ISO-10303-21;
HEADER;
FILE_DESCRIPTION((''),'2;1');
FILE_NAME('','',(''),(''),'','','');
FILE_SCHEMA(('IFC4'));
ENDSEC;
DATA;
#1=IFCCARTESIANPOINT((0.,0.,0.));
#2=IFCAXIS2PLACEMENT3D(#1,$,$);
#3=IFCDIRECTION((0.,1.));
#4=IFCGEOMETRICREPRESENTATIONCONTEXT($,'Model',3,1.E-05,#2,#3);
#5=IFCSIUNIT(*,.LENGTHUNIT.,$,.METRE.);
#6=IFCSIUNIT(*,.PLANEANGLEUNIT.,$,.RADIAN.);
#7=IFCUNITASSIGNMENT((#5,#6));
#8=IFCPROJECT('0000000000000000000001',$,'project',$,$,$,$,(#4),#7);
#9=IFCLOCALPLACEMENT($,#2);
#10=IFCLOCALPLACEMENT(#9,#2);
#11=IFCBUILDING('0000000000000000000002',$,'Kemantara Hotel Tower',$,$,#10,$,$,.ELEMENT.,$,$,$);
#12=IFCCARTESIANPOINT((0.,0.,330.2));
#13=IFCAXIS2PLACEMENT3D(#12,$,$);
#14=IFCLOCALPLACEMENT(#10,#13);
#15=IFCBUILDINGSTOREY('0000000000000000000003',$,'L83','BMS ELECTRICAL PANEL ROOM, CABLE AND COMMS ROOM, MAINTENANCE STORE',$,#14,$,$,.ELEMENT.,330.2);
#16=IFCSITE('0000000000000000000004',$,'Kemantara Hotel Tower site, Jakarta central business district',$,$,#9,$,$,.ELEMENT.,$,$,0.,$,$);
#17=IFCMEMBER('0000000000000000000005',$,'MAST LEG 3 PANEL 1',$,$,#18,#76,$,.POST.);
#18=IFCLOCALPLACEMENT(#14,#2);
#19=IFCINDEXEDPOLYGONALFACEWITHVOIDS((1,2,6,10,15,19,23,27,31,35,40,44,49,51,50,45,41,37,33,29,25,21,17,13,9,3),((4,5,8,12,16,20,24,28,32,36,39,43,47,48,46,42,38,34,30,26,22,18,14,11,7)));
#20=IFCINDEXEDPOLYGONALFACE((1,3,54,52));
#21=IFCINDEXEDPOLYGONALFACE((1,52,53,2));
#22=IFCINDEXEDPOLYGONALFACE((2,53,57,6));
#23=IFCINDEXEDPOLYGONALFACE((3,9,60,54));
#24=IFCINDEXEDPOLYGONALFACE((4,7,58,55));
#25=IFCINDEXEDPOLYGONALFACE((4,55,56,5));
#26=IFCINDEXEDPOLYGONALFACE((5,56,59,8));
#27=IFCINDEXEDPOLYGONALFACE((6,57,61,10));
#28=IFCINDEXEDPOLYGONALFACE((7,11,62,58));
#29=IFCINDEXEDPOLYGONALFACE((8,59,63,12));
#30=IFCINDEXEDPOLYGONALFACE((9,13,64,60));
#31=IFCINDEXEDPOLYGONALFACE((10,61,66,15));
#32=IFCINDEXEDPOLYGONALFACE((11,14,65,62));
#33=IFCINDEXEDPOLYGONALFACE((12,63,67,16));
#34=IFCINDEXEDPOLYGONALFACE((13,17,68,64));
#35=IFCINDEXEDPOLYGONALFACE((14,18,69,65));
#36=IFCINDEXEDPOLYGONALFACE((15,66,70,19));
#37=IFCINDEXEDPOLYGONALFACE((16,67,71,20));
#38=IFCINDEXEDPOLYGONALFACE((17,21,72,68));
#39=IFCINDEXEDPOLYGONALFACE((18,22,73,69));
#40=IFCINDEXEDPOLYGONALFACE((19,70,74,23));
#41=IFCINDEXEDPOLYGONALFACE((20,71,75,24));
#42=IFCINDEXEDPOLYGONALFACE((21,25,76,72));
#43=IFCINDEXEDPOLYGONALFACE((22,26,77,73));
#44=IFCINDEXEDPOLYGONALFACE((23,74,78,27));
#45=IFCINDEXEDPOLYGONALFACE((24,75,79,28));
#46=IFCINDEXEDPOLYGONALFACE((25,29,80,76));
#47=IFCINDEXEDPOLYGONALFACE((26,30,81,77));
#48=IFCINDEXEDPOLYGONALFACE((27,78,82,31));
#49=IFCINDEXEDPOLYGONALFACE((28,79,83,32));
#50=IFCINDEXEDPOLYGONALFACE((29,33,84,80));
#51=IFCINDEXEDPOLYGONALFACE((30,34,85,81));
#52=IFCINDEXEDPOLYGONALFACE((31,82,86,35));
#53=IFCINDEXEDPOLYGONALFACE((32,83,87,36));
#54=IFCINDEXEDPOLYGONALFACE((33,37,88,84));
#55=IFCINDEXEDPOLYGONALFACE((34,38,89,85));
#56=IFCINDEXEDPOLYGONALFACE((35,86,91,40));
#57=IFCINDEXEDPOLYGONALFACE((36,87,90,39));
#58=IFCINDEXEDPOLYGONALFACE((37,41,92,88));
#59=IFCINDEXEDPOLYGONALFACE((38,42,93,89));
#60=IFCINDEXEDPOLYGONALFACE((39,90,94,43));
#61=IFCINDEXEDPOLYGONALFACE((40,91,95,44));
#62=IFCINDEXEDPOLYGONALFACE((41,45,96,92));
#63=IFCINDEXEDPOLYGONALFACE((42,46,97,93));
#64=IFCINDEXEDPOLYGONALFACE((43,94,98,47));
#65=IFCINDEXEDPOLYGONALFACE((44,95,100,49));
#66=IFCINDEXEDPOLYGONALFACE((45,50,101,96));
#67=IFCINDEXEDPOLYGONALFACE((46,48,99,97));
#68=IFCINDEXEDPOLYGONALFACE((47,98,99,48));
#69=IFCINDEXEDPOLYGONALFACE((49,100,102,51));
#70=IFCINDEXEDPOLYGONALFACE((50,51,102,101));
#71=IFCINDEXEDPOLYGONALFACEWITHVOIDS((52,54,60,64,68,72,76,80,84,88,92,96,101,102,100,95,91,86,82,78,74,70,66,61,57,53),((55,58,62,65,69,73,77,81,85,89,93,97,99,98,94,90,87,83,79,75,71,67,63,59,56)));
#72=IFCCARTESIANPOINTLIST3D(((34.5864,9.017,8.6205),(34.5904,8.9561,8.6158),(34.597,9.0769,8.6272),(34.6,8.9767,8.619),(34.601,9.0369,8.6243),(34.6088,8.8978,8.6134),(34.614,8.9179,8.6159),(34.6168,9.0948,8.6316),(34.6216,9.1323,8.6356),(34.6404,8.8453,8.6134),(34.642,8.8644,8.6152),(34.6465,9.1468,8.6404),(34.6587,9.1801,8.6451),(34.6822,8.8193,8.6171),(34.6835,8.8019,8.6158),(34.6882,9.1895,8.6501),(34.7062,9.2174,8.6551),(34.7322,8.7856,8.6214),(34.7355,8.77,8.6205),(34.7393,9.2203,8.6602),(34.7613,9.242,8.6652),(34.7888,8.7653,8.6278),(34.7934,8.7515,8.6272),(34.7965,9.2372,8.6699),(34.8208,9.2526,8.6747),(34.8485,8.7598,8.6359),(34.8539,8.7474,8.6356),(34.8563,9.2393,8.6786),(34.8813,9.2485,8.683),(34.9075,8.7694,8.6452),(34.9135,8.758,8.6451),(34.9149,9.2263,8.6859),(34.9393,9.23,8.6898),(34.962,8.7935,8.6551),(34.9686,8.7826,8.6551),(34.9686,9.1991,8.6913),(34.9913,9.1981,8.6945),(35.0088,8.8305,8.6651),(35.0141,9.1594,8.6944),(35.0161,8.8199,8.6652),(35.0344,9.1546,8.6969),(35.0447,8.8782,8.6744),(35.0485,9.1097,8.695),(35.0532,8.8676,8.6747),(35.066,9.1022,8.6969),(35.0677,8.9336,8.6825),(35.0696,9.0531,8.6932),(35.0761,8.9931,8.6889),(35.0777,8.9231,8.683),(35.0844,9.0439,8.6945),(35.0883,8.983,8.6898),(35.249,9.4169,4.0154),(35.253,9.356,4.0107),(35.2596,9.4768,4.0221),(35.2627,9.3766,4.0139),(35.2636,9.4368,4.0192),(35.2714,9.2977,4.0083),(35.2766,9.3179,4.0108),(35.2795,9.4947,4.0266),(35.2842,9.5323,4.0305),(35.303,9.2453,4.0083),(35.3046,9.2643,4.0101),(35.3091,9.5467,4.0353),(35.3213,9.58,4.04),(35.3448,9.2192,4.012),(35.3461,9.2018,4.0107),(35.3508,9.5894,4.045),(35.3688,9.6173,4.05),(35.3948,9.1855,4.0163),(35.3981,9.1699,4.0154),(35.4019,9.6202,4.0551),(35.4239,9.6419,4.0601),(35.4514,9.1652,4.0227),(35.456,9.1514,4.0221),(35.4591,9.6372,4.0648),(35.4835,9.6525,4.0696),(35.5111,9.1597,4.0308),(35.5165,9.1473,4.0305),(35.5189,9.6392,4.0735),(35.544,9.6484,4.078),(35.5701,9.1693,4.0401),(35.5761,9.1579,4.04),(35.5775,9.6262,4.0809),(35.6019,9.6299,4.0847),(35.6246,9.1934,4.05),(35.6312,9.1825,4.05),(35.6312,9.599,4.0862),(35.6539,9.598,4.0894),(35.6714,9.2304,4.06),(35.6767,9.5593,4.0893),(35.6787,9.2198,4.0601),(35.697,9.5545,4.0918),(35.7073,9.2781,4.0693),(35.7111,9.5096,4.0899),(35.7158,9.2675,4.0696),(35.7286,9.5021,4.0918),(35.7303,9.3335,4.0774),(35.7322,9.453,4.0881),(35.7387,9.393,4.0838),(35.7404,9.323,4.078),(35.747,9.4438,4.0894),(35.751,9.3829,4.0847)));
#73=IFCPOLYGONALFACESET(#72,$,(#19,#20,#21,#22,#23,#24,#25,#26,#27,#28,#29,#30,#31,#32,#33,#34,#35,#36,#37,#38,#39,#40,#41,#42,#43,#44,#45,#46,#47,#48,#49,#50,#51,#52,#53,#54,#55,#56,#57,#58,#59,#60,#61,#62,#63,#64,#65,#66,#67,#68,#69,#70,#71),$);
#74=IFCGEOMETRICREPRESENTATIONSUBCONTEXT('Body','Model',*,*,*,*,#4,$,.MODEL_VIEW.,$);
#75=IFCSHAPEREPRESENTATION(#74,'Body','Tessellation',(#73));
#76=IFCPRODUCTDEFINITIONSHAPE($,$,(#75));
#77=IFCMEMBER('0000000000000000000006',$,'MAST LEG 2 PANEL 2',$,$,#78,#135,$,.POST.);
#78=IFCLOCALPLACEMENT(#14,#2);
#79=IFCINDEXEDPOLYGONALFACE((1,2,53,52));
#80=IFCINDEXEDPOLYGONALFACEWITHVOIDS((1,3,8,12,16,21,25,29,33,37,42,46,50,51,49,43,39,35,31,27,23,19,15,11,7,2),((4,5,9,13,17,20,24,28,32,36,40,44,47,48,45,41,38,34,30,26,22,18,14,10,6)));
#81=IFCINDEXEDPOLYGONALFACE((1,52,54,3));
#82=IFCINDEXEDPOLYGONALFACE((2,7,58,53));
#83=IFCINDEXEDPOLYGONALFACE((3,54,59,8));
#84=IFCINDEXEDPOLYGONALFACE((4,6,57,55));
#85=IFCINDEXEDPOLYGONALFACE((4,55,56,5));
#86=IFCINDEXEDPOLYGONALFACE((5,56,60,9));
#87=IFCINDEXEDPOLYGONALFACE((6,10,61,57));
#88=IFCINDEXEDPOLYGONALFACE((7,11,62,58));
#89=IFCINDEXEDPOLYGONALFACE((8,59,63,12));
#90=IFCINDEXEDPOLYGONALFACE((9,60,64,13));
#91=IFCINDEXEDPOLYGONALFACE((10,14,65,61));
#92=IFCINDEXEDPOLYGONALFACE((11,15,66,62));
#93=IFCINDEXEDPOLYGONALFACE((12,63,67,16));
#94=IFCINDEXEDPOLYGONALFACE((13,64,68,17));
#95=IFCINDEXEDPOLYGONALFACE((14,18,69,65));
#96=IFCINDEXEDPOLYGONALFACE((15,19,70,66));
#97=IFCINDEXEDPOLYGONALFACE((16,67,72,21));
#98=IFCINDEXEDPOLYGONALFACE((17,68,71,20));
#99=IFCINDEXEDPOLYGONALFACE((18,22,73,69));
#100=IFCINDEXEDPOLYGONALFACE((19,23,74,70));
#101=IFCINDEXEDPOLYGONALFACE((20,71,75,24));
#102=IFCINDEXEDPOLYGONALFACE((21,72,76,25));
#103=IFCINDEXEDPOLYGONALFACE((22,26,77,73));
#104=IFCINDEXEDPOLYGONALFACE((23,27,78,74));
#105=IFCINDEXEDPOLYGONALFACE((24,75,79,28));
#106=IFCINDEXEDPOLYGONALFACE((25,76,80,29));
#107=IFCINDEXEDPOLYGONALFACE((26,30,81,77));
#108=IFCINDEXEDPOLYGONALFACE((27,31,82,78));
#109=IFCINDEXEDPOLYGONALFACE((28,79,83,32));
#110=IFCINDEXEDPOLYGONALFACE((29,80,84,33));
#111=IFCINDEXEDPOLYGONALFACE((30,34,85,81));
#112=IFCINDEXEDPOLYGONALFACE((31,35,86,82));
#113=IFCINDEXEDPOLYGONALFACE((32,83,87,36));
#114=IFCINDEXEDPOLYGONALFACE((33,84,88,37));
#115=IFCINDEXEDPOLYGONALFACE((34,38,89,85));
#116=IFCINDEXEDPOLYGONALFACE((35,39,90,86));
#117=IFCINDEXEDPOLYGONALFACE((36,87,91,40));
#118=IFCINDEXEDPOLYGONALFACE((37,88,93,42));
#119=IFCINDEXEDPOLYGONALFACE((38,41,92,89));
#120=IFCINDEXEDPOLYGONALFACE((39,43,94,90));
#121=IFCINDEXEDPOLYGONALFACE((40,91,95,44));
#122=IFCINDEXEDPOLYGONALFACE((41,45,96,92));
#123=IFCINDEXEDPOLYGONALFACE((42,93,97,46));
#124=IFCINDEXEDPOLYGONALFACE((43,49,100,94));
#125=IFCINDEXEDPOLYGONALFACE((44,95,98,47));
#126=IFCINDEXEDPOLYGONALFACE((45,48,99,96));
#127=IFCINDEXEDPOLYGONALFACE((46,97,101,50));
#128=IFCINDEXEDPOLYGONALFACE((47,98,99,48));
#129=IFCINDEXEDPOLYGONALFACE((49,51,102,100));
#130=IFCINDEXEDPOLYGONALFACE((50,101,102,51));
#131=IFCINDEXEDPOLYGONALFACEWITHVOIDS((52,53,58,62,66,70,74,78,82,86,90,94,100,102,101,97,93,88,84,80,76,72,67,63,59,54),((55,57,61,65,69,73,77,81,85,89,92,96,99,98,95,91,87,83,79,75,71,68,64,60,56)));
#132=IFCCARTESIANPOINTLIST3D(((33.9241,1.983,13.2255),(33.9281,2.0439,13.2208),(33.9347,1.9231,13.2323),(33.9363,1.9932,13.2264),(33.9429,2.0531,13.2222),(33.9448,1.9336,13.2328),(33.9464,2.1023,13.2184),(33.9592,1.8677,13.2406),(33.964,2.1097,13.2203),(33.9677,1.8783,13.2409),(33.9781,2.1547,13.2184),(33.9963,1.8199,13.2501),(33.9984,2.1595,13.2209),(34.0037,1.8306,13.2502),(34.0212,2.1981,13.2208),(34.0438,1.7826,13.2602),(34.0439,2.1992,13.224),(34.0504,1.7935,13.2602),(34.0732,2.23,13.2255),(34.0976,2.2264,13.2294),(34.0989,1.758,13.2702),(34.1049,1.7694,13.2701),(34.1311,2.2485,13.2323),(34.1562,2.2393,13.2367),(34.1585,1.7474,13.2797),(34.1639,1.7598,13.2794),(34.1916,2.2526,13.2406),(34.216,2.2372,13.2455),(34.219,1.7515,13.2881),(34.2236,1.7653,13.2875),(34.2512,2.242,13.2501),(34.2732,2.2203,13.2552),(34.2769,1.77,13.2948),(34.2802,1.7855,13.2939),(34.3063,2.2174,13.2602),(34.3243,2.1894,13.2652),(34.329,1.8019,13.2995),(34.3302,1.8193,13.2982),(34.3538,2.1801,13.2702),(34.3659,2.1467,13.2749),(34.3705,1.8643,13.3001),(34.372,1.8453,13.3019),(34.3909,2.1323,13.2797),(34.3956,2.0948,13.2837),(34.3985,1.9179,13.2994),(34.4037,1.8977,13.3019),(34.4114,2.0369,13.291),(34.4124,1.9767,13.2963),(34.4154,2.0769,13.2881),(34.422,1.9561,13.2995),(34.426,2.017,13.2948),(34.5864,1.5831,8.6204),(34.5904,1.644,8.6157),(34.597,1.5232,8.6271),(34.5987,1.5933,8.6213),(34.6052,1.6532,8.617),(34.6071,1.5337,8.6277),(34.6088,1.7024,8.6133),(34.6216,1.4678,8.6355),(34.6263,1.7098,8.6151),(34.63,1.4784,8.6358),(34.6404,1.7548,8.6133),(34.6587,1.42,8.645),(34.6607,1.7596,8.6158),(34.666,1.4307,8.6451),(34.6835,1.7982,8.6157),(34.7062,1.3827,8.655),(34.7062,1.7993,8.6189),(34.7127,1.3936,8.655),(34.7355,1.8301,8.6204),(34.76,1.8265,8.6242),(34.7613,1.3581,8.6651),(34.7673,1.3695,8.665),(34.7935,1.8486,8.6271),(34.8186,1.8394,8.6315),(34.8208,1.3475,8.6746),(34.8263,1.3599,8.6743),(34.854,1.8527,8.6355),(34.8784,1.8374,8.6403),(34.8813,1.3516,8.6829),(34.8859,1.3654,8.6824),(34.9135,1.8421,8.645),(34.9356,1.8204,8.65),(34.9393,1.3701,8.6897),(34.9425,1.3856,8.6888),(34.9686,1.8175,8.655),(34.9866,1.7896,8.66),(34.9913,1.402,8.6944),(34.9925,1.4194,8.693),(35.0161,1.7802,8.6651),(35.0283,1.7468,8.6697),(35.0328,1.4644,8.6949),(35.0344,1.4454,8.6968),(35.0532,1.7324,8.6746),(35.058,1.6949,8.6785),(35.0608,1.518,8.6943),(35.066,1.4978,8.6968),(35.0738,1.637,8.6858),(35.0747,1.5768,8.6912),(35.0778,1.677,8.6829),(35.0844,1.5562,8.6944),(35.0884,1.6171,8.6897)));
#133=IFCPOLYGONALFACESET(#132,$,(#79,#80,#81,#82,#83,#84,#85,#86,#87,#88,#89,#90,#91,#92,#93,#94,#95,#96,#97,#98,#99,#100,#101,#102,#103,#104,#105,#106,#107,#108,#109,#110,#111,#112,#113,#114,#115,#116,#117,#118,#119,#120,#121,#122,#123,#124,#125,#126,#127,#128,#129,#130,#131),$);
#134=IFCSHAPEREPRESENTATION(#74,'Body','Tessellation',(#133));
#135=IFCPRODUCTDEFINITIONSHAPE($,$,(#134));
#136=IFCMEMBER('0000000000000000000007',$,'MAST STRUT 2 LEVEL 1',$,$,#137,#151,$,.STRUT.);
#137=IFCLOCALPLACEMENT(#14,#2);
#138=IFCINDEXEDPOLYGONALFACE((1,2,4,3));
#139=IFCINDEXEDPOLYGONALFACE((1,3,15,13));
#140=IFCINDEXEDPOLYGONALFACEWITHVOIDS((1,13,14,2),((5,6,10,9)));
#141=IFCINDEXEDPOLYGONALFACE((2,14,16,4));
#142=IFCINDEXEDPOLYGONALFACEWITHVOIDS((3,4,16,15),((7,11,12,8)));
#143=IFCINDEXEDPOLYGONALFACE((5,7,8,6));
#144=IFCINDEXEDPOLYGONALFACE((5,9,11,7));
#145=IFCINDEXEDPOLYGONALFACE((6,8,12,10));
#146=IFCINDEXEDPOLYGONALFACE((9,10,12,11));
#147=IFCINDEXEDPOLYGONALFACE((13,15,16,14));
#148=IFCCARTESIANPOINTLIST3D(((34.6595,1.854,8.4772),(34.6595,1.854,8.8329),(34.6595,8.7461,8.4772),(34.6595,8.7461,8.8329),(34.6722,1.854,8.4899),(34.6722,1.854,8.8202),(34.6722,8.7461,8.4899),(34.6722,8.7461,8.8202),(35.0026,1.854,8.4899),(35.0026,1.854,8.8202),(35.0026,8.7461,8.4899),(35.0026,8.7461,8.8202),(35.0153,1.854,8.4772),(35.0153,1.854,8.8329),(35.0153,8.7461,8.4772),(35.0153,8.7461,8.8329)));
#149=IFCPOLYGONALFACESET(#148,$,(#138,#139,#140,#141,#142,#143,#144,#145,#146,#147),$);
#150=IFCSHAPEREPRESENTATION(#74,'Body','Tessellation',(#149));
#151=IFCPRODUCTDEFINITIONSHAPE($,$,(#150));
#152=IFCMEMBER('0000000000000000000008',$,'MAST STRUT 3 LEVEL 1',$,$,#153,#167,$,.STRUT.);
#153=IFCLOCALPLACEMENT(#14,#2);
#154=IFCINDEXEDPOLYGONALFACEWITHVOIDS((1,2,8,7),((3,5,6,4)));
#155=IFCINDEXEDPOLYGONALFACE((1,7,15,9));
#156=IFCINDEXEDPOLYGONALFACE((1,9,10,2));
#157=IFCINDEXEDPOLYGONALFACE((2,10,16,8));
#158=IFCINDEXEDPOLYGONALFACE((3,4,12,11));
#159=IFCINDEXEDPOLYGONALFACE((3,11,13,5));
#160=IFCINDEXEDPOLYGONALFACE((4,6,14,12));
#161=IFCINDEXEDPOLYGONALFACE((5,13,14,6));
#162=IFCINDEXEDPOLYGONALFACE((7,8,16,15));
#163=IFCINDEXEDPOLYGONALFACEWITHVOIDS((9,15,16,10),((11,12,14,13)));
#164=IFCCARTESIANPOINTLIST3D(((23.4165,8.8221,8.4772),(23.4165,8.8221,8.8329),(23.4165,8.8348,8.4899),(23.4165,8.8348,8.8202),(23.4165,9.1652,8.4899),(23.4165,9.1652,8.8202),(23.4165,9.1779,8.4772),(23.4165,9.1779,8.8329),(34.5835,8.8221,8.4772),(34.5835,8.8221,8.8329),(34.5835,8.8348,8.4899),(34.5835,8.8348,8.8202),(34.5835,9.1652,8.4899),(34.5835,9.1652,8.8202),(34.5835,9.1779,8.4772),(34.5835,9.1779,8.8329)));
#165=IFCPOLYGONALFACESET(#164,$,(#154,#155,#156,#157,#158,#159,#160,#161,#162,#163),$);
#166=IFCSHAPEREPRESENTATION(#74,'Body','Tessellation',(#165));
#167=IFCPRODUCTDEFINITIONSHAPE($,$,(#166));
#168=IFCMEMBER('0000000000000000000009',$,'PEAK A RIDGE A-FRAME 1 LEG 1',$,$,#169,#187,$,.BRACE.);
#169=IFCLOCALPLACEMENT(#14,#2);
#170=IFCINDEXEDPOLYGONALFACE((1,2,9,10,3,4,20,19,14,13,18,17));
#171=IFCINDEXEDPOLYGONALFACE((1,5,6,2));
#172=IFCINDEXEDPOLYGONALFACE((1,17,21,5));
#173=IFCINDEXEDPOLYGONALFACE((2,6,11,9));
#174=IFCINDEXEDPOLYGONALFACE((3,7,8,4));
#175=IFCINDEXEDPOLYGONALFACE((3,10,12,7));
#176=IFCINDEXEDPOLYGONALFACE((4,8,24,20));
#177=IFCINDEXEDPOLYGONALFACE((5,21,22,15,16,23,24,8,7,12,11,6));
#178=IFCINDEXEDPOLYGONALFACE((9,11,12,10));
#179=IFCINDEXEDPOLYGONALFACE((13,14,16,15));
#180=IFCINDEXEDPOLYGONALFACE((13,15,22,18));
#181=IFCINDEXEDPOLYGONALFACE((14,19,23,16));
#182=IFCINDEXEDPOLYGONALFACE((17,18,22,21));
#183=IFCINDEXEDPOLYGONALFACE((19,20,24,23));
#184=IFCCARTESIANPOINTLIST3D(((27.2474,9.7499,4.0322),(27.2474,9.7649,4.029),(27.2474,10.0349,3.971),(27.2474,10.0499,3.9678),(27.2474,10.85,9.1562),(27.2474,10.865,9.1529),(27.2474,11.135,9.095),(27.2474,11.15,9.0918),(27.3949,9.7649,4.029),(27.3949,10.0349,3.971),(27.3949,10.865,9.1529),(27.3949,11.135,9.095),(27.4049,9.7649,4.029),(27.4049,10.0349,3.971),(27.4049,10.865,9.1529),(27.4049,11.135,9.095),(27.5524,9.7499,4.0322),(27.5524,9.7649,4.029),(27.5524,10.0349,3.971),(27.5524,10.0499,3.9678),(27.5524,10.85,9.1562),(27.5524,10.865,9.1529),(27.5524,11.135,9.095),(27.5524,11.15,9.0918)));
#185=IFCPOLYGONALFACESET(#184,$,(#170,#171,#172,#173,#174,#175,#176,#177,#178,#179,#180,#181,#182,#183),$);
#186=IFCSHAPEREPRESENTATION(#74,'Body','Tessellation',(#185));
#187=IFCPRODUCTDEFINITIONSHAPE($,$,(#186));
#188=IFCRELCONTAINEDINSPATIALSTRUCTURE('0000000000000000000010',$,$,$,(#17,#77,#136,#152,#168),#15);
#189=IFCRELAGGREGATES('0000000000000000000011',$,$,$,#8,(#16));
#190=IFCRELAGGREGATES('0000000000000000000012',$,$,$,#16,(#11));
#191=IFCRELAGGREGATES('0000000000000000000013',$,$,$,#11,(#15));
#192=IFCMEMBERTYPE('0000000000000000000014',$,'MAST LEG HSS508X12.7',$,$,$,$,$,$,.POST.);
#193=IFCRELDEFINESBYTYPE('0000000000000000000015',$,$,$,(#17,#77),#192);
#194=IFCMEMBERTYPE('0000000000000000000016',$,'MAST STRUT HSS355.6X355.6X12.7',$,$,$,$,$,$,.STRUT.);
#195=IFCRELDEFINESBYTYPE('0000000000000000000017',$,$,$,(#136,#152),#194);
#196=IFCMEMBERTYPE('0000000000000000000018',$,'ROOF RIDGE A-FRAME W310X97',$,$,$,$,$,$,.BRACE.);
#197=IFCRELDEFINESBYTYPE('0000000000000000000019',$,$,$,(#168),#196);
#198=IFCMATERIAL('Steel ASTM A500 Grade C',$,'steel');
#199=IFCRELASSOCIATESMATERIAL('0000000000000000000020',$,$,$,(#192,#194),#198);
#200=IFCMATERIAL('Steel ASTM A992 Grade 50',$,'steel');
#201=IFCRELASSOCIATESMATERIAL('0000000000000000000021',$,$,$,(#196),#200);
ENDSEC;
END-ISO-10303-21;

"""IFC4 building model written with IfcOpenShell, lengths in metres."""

from ifc_helpers import new_model, si_unit, direction, frame, origin, origin_2d, place, context, subcontext, project, spatial, hollow_rectangle, hollow_circle, i_section, extrude, material, material_profile, profile_set, type_object, element, save


model = new_model("IFC4")

# Units and contexts
model_context = context("Model", 3, precision=1e-05, world=origin(), true_north=direction((0.0, 1.0)))
body_context = subcontext(model_context, "Body", "Model", "MODEL_VIEW")
ifc_project = project(units=[si_unit("LENGTHUNIT", "METRE"), si_unit("PLANEANGLEUNIT", "RADIAN")], contexts=[model_context])

# Site, building, storey
site_placement = place(None, origin())
site = spatial("IfcSite", under=ifc_project, at=site_placement, Name="Kemantara Hotel Tower site, Jakarta central business district", CompositionType="ELEMENT", RefElevation=0.0)
building_placement = place(site_placement, origin())
building = spatial("IfcBuilding", under=site, at=building_placement, Name="Kemantara Hotel Tower", CompositionType="ELEMENT")
storey_placement = place(building_placement, frame((0.0, 0.0, 330.2)))
storey = spatial("IfcBuildingStorey", under=building, at=storey_placement, Name="L83", Description="BMS ELECTRICAL PANEL ROOM, CABLE AND COMMS ROOM, MAINTENANCE STORE", CompositionType="ELEMENT", Elevation=330.2)

# Members
ifc_material_1 = material(Name="Steel ASTM A500 Grade C", Category="steel")
ifc_material_profile_1 = material_profile(ifc_material_1, hollow_circle(Radius=0.2539, WallThickness=0.0127, at=origin_2d()), Name="HSS508X12.7")
ifc_profile_set_1 = profile_set([ifc_material_profile_1], Name="Steel ASTM A500 Grade C")
member_type_1 = type_object("IfcMemberType", Name="MAST LEG HSS508X12.7", PredefinedType="POST", material=ifc_profile_set_1)
for number, where, z_axis, x_axis, name in (
    (1, (35.5, 9.3999, 4.05), (-0.141897, -0.08564, 0.98617), (0.516721, -0.856154, 0.0), "MAST LEG 3 PANEL 1"),
    (2, (34.8374, 1.6001, 8.655), (-0.141839, 0.085636, 0.986179), (-0.51686, -0.85607, 0.0), "MAST LEG 2 PANEL 2"),
):
    element("IfcMember", number, at=place(storey_placement, frame(where, z_axis=z_axis, x_axis=x_axis)), inside=storey, type_object=member_type_1, Name=name, PredefinedType="POST", context=body_context, shape_type="SweptSolid", body=[
        extrude(hollow_circle(Radius=0.2539, WallThickness=0.0127, at=origin_2d()), origin(), (0.0, 0.0, 1.0), 4.6697),
    ])
ifc_material_profile_2 = material_profile(ifc_material_1, hollow_rectangle(XDim=0.3557, YDim=0.3557, WallThickness=0.0127, at=origin_2d()), Name="HSS355.6X355.6X12.7")
ifc_profile_set_2 = profile_set([ifc_material_profile_2], Name="Steel ASTM A500 Grade C")
member_type_2 = type_object("IfcMemberType", Name="MAST STRUT HSS355.6X355.6X12.7", PredefinedType="STRUT", material=ifc_profile_set_2)
member_1_placement = place(storey_placement, frame((34.8374, 1.854, 8.655), z_axis=(0.0, 1.0, 0.0), x_axis=(-1.0, 0.0, 0.0)))
element("IfcMember", 3, at=member_1_placement, inside=storey, type_object=member_type_2, Name="MAST STRUT 2 LEVEL 1", PredefinedType="STRUT", context=body_context, shape_type="SweptSolid", body=[
    extrude(hollow_rectangle(XDim=0.3557, YDim=0.3557, WallThickness=0.0127, at=origin_2d()), origin(), (0.0, 0.0, 1.0), 6.8921),
])
member_2_placement = place(storey_placement, frame((34.5835, 9.0, 8.655), z_axis=(-1.0, 0.0, 0.0), x_axis=(0.0, -1.0, 0.0)))
element("IfcMember", 4, at=member_2_placement, inside=storey, type_object=member_type_2, Name="MAST STRUT 3 LEVEL 1", PredefinedType="STRUT", context=body_context, shape_type="SweptSolid", body=[
    extrude(hollow_rectangle(XDim=0.3557, YDim=0.3557, WallThickness=0.0127, at=origin_2d()), origin(), (0.0, 0.0, 1.0), 11.167),
])
ifc_material_2 = material(Name="Steel ASTM A992 Grade 50", Category="steel")
ifc_material_profile_3 = material_profile(ifc_material_2, i_section(OverallWidth=0.3049, OverallDepth=0.3069, WebThickness=0.01, FlangeThickness=0.0154, at=origin_2d()), Name="W310X97")
ifc_profile_set_3 = profile_set([ifc_material_profile_3], Name="Steel ASTM A992 Grade 50")
member_type_3 = type_object("IfcMemberType", Name="ROOF RIDGE A-FRAME W310X97", PredefinedType="BRACE", material=ifc_profile_set_3)
member_3_placement = place(storey_placement, frame((27.3999, 9.8999, 4.0), z_axis=(0.0, 0.209911, 0.977721), x_axis=(-1.0, 0.0, 0.0)))
element("IfcMember", 5, at=member_3_placement, inside=storey, type_object=member_type_3, Name="PEAK A RIDGE A-FRAME 1 LEG 1", PredefinedType="BRACE", context=body_context, shape_type="SweptSolid", body=[
    extrude(i_section(OverallWidth=0.3049, OverallDepth=0.3069, WebThickness=0.01, FlangeThickness=0.0154, at=origin_2d()), origin(), (0.0, 0.0, 1.0), 5.2407),
])

save(model, "model.ifc")
